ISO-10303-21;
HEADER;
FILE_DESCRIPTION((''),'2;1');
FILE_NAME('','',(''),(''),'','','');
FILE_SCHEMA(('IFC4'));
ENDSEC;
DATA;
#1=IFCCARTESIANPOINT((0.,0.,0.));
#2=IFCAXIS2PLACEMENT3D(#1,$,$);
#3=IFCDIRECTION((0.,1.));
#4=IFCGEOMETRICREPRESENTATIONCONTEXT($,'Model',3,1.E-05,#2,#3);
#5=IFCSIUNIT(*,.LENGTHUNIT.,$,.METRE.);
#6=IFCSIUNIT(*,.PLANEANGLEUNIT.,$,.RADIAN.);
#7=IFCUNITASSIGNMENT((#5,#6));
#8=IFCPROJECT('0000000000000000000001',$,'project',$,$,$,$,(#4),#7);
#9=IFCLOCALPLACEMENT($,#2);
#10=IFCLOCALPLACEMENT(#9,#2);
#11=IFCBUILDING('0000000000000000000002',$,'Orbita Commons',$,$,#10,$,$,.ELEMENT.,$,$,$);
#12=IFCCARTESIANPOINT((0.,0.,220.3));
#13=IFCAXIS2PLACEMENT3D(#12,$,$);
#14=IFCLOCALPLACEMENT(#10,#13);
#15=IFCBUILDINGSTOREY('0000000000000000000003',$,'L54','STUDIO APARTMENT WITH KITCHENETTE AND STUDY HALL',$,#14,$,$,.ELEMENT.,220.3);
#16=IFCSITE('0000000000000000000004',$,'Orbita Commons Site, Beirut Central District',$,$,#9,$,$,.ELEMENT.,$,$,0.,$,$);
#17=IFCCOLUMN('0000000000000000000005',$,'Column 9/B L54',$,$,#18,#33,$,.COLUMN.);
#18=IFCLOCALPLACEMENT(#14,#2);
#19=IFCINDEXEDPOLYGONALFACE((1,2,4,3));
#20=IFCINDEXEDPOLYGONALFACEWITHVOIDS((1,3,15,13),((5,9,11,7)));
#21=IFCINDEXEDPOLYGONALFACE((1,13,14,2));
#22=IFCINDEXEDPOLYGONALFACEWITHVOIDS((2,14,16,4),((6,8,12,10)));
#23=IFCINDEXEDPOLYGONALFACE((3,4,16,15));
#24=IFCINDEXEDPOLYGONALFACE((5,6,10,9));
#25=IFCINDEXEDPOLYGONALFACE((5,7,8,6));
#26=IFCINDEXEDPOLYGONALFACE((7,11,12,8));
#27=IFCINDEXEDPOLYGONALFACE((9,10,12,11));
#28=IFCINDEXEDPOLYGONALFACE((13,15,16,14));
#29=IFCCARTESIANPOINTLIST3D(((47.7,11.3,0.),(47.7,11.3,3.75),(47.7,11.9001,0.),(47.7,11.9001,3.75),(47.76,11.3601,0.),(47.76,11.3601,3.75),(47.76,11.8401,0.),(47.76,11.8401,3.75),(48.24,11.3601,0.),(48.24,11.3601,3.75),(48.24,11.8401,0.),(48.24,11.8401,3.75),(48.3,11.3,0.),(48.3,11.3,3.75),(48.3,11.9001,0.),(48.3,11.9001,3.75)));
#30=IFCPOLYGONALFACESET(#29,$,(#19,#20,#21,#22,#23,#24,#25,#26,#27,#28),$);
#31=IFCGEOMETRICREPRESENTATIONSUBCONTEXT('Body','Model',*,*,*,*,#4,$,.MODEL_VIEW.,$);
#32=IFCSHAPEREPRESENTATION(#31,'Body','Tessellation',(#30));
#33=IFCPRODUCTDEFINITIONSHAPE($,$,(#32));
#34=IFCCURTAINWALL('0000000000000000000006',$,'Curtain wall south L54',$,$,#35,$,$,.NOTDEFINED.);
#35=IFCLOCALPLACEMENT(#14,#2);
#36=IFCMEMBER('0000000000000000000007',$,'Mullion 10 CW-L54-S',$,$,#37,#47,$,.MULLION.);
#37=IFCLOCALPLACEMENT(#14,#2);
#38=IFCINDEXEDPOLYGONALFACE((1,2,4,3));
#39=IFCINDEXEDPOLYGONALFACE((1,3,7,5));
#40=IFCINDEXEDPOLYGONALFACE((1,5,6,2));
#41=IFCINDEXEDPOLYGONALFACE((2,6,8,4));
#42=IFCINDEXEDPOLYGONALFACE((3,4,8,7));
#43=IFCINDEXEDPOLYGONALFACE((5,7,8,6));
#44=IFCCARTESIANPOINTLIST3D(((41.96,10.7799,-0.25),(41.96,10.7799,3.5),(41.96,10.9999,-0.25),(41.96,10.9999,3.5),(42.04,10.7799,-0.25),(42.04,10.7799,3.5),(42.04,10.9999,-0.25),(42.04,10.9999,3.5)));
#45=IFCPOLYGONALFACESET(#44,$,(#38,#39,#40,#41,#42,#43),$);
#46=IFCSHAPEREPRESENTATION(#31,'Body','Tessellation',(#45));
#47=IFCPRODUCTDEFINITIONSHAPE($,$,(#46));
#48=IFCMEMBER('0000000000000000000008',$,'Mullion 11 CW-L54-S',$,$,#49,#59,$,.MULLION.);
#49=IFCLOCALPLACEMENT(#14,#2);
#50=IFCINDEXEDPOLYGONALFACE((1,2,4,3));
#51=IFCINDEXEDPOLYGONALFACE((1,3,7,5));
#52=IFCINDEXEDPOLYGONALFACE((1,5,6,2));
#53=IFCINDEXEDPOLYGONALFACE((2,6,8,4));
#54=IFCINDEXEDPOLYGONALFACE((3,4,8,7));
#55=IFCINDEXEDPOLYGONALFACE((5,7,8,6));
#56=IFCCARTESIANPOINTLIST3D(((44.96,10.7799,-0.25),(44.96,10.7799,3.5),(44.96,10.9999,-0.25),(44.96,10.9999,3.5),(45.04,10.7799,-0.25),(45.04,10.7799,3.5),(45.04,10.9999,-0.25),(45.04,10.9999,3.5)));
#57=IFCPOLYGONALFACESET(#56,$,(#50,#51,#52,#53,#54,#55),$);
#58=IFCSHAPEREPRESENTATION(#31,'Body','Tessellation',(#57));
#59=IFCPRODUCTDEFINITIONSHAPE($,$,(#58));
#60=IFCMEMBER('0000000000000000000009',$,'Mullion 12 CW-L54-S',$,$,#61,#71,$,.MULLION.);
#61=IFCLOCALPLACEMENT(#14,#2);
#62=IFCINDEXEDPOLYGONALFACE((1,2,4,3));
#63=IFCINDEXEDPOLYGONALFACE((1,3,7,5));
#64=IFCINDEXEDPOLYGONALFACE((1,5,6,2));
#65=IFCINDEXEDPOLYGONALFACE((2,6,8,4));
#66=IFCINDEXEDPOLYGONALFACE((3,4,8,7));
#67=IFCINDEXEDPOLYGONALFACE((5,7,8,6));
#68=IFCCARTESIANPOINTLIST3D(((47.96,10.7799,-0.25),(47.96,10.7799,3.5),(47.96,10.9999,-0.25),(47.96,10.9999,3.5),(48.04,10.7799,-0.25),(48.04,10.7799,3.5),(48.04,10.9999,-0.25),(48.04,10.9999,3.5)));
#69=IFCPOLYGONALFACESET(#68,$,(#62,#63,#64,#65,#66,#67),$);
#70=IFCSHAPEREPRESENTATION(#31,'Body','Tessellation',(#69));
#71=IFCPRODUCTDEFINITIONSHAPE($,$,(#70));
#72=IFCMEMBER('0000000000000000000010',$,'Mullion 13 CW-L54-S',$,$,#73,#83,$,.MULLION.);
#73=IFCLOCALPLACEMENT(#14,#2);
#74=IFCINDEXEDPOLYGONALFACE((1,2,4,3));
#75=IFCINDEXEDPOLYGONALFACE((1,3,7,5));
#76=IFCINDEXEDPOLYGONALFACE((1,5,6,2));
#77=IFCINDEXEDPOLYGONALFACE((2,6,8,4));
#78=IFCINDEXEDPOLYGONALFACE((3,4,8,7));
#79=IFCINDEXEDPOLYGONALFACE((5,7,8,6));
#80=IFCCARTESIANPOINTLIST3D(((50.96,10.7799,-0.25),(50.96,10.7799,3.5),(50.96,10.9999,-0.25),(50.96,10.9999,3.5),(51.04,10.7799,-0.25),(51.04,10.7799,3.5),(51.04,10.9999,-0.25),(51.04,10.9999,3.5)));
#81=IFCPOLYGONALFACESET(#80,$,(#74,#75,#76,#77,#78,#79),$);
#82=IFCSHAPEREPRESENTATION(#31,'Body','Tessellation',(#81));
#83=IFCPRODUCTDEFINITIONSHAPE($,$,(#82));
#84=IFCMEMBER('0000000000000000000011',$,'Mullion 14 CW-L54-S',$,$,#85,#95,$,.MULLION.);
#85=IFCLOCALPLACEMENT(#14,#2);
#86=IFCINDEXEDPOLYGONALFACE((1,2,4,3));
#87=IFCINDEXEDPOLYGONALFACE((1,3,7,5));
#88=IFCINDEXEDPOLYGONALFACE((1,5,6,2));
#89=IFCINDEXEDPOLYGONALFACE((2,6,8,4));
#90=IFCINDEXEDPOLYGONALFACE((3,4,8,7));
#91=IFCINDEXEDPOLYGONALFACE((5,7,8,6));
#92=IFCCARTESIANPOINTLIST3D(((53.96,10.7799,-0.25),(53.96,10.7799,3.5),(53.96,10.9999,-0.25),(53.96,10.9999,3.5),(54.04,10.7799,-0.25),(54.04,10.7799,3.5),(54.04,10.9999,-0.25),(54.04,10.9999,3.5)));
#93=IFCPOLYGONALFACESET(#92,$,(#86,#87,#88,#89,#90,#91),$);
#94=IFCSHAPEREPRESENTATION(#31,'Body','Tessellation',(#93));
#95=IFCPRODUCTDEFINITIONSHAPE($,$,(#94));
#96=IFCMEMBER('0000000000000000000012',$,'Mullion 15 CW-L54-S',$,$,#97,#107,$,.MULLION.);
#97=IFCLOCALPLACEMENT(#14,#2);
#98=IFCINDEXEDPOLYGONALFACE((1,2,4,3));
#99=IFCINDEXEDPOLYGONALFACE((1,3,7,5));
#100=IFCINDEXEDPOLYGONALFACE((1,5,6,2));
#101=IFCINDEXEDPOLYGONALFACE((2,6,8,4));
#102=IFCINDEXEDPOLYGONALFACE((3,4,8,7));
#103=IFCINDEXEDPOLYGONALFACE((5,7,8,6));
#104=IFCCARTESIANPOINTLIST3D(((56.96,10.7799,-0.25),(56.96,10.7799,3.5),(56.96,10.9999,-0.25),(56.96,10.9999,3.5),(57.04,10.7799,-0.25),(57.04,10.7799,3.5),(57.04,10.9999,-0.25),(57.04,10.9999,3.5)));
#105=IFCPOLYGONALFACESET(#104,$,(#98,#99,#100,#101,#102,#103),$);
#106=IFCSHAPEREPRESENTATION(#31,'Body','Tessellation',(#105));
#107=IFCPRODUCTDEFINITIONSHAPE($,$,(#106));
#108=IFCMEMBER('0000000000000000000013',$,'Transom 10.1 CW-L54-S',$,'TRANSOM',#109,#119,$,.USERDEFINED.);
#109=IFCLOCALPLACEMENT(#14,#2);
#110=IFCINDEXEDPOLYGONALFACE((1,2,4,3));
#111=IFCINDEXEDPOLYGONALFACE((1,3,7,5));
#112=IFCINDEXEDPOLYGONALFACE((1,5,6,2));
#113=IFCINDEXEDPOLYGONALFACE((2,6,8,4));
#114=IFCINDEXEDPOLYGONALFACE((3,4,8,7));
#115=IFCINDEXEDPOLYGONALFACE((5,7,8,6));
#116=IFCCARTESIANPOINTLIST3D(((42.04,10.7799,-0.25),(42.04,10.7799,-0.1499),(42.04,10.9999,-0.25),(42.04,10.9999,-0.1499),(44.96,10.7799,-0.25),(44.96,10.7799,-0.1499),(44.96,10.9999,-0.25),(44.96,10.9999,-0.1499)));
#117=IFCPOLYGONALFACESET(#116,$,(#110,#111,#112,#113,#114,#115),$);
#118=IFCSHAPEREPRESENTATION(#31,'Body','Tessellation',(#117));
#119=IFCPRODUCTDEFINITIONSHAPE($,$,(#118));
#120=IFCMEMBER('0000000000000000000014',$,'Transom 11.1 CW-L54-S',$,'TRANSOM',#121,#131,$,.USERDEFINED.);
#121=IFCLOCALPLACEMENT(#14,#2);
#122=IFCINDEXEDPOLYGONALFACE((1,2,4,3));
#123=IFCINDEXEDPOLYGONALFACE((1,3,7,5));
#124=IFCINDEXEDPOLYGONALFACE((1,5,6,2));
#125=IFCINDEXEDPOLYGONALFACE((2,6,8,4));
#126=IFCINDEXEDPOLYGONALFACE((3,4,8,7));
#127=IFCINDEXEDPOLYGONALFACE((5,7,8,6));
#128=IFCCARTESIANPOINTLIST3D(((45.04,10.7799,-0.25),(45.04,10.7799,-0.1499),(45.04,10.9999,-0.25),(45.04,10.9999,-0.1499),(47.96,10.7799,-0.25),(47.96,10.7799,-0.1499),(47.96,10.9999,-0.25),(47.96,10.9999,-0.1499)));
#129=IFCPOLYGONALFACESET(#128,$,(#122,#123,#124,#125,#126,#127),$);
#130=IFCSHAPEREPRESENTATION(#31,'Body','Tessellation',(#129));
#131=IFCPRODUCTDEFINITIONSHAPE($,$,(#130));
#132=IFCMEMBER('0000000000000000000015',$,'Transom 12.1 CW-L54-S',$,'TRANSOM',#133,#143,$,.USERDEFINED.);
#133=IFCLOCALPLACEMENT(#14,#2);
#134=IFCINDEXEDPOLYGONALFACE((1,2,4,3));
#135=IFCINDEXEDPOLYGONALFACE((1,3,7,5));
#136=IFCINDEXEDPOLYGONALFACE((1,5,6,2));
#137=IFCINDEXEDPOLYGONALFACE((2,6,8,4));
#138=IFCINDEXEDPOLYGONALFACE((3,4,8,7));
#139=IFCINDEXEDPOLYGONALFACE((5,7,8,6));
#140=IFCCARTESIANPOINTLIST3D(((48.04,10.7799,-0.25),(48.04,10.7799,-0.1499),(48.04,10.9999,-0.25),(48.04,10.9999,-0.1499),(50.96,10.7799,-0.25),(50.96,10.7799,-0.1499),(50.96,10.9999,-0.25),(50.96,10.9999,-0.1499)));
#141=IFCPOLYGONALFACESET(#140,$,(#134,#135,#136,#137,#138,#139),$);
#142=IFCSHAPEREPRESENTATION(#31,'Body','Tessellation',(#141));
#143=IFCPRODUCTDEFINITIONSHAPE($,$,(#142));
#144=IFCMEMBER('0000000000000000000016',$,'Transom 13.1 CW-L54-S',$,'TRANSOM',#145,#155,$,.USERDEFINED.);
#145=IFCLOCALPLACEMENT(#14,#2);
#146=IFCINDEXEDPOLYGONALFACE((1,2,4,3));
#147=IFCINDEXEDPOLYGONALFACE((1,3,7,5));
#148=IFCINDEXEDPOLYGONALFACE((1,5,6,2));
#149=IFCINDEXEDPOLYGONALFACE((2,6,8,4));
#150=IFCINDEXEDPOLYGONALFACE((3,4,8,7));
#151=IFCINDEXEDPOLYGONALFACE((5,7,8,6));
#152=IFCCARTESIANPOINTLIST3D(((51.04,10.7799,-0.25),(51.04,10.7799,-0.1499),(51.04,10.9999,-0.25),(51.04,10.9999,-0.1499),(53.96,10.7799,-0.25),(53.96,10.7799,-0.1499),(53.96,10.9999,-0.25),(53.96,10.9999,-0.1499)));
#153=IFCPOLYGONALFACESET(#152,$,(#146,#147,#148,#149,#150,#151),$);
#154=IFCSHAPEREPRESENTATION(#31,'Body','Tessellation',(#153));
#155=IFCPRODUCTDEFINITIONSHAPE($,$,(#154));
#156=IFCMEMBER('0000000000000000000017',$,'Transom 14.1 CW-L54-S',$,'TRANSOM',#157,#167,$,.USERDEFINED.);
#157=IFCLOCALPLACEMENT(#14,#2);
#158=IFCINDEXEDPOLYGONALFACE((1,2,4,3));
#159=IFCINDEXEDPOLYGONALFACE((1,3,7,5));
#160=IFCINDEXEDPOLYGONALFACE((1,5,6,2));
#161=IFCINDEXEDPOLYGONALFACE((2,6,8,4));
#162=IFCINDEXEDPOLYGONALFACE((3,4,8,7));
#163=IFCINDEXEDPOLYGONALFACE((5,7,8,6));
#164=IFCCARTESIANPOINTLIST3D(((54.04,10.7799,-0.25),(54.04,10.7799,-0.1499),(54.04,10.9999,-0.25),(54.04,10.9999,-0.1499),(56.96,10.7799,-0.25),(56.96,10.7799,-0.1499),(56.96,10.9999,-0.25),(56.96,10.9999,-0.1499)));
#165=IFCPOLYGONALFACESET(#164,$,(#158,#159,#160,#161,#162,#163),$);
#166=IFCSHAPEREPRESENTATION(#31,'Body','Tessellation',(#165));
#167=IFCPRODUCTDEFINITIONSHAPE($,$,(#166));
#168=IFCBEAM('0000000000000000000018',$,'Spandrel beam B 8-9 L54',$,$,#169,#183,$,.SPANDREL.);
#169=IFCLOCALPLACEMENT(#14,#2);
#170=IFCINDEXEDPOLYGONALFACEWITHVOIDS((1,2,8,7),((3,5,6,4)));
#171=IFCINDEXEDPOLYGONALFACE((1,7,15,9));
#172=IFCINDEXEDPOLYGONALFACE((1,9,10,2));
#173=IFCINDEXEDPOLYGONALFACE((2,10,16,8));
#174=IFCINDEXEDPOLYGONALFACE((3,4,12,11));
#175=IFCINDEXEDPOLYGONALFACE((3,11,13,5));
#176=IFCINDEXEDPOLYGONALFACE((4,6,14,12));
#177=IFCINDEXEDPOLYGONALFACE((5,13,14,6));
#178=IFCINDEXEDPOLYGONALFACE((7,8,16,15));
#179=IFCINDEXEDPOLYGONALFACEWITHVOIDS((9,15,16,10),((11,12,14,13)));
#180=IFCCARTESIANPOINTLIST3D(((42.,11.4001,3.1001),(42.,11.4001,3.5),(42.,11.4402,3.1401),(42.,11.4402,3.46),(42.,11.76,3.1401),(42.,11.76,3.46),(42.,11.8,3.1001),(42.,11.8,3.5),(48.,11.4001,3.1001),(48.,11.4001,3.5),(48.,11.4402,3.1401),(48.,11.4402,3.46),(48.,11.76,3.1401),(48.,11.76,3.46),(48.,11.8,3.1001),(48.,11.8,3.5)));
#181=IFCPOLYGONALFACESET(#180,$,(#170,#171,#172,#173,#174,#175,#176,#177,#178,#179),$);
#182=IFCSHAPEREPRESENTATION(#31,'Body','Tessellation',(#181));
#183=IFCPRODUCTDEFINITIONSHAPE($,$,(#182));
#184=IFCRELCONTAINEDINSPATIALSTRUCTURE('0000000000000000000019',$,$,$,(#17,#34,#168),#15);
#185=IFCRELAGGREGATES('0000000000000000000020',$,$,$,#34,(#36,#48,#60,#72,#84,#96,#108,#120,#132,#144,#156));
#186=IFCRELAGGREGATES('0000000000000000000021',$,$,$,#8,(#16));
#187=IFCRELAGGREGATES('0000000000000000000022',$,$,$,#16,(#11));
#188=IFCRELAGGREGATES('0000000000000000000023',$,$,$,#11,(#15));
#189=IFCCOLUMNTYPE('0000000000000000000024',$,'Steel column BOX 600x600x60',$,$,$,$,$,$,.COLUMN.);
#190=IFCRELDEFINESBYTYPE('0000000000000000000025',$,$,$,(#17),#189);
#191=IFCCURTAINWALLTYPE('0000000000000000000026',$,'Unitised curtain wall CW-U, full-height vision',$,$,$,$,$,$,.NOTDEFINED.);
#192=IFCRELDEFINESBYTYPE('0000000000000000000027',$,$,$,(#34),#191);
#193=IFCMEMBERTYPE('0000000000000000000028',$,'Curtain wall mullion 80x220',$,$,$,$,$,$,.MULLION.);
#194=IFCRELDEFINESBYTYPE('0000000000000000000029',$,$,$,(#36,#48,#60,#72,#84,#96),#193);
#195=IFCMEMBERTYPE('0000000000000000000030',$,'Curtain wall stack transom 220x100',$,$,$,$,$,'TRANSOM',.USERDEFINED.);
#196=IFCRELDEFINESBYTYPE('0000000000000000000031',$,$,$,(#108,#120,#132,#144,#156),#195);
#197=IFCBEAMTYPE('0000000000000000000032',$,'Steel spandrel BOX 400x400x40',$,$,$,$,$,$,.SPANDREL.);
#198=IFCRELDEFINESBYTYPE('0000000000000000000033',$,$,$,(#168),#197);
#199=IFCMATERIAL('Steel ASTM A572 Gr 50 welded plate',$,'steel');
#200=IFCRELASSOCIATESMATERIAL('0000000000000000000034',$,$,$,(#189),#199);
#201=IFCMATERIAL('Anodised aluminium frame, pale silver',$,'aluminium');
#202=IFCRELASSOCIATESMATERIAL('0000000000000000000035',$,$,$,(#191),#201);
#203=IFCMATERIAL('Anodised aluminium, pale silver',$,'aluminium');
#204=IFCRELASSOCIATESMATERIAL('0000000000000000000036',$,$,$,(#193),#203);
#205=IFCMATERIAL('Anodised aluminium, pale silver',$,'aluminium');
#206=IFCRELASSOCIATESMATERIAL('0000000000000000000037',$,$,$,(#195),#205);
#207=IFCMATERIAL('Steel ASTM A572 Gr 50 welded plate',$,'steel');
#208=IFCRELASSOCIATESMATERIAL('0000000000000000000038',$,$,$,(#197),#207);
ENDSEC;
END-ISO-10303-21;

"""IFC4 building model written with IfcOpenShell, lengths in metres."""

from ifc_helpers import new_model, si_unit, direction, frame, origin, origin_2d, place, context, subcontext, project, spatial, rectangle, hollow_rectangle, extrude, material, material_profile, profile_set, type_object, element, aggregate, save


model = new_model("IFC4")

# Units and contexts
model_context = context("Model", 3, precision=1e-05, world=origin(), true_north=direction((0.0, 1.0)))
body_context = subcontext(model_context, "Body", "Model", "MODEL_VIEW")
ifc_project = project(units=[si_unit("LENGTHUNIT", "METRE"), si_unit("PLANEANGLEUNIT", "RADIAN")], contexts=[model_context])

# Site, building, storey
site_placement = place(None, origin())
site = spatial("IfcSite", under=ifc_project, at=site_placement, Name="Orbita Commons Site, Beirut Central District", CompositionType="ELEMENT", RefElevation=0.0)
building_placement = place(site_placement, origin())
building = spatial("IfcBuilding", under=site, at=building_placement, Name="Orbita Commons", CompositionType="ELEMENT")
storey_placement = place(building_placement, frame((0.0, 0.0, 220.3)))
storey = spatial("IfcBuildingStorey", under=building, at=storey_placement, Name="L54", Description="STUDIO APARTMENT WITH KITCHENETTE AND STUDY HALL", CompositionType="ELEMENT", Elevation=220.3)

# Column
ifc_material_1 = material(Name="Steel ASTM A572 Gr 50 welded plate", Category="steel")
ifc_material_profile_1 = material_profile(ifc_material_1, hollow_rectangle(XDim=0.6001, YDim=0.6001, WallThickness=0.0601, at=origin_2d()), Name="BOX 600x600x60")
ifc_profile_set_1 = profile_set([ifc_material_profile_1], Name="Steel ASTM A572 Gr 50 welded plate")
column_type = type_object("IfcColumnType", Name="Steel column BOX 600x600x60", PredefinedType="COLUMN", material=ifc_profile_set_1)
column_placement = place(storey_placement, frame((48.0, 11.6001, 0.0), z_axis=(0.0, 0.0, 1.0), x_axis=(1.0, 0.0, 0.0)))
element("IfcColumn", 1, at=column_placement, inside=storey, type_object=column_type, Name="Column 9/B L54", PredefinedType="COLUMN", context=body_context, shape_type="SweptSolid", body=[
    extrude(hollow_rectangle(XDim=0.6001, YDim=0.6001, WallThickness=0.0601, at=origin_2d()), origin(), (0.0, 0.0, 1.0), 3.75),
])

# Curtain wall, members
ifc_material_2 = material(Name="Anodised aluminium frame, pale silver", Category="aluminium")
curtain_wall_type = type_object("IfcCurtainWallType", Name="Unitised curtain wall CW-U, full-height vision", PredefinedType="NOTDEFINED", material=ifc_material_2)
curtain_wall_placement = place(storey_placement, origin())
curtain_wall = element("IfcCurtainWall", 2, at=curtain_wall_placement, inside=storey, type_object=curtain_wall_type, Name="Curtain wall south L54", PredefinedType="NOTDEFINED")
ifc_material_3 = material(Name="Anodised aluminium, pale silver", Category="aluminium")
ifc_material_profile_2 = material_profile(ifc_material_3, rectangle(XDim=0.0801, YDim=0.22, at=origin_2d()), Name="AL 80x220")
ifc_profile_set_2 = profile_set([ifc_material_profile_2], Name="Anodised aluminium, pale silver")
member_type_1 = type_object("IfcMemberType", Name="Curtain wall mullion 80x220", PredefinedType="MULLION", material=ifc_profile_set_2)
member_1_placement = place(storey_placement, frame((42.0, 10.8899, -0.25), z_axis=(0.0, 0.0, 1.0), x_axis=(1.0, 0.0, 0.0)))
member_1 = element("IfcMember", 3, at=member_1_placement, type_object=member_type_1, Name="Mullion 10 CW-L54-S", PredefinedType="MULLION", context=body_context, shape_type="SweptSolid", body=[
    extrude(rectangle(XDim=0.0801, YDim=0.22, at=origin_2d()), origin(), (0.0, 0.0, 1.0), 3.75),
])
member_2_placement = place(storey_placement, frame((45.0, 10.8899, -0.25), z_axis=(0.0, 0.0, 1.0), x_axis=(1.0, 0.0, 0.0)))
member_2 = element("IfcMember", 4, at=member_2_placement, type_object=member_type_1, Name="Mullion 11 CW-L54-S", PredefinedType="MULLION", context=body_context, shape_type="SweptSolid", body=[
    extrude(rectangle(XDim=0.0801, YDim=0.22, at=origin_2d()), origin(), (0.0, 0.0, 1.0), 3.75),
])
member_3_placement = place(storey_placement, frame((48.0, 10.8899, -0.25), z_axis=(0.0, 0.0, 1.0), x_axis=(1.0, 0.0, 0.0)))
member_3 = element("IfcMember", 5, at=member_3_placement, type_object=member_type_1, Name="Mullion 12 CW-L54-S", PredefinedType="MULLION", context=body_context, shape_type="SweptSolid", body=[
    extrude(rectangle(XDim=0.0801, YDim=0.22, at=origin_2d()), origin(), (0.0, 0.0, 1.0), 3.75),
])
member_4_placement = place(storey_placement, frame((51.0, 10.8899, -0.25), z_axis=(0.0, 0.0, 1.0), x_axis=(1.0, 0.0, 0.0)))
member_4 = element("IfcMember", 6, at=member_4_placement, type_object=member_type_1, Name="Mullion 13 CW-L54-S", PredefinedType="MULLION", context=body_context, shape_type="SweptSolid", body=[
    extrude(rectangle(XDim=0.0801, YDim=0.22, at=origin_2d()), origin(), (0.0, 0.0, 1.0), 3.75),
])
member_5_placement = place(storey_placement, frame((54.0, 10.8899, -0.25), z_axis=(0.0, 0.0, 1.0), x_axis=(1.0, 0.0, 0.0)))
member_5 = element("IfcMember", 7, at=member_5_placement, type_object=member_type_1, Name="Mullion 14 CW-L54-S", PredefinedType="MULLION", context=body_context, shape_type="SweptSolid", body=[
    extrude(rectangle(XDim=0.0801, YDim=0.22, at=origin_2d()), origin(), (0.0, 0.0, 1.0), 3.75),
])
member_6_placement = place(storey_placement, frame((57.0, 10.8899, -0.25), z_axis=(0.0, 0.0, 1.0), x_axis=(1.0, 0.0, 0.0)))
member_6 = element("IfcMember", 8, at=member_6_placement, type_object=member_type_1, Name="Mullion 15 CW-L54-S", PredefinedType="MULLION", context=body_context, shape_type="SweptSolid", body=[
    extrude(rectangle(XDim=0.0801, YDim=0.22, at=origin_2d()), origin(), (0.0, 0.0, 1.0), 3.75),
])
ifc_material_4 = material(Name="Anodised aluminium, pale silver", Category="aluminium")
ifc_material_profile_3 = material_profile(ifc_material_4, rectangle(XDim=0.22, YDim=0.1001, at=origin_2d()), Name="AL 220x100")
ifc_profile_set_3 = profile_set([ifc_material_profile_3], Name="Anodised aluminium, pale silver")
member_type_2 = type_object("IfcMemberType", Name="Curtain wall stack transom 220x100", ElementType="TRANSOM", PredefinedType="USERDEFINED", material=ifc_profile_set_3)
member_7_placement = place(storey_placement, frame((42.04, 10.8899, -0.2), z_axis=(1.0, 0.0, 0.0), x_axis=(0.0, 1.0, 0.0)))
member_7 = element("IfcMember", 9, at=member_7_placement, type_object=member_type_2, Name="Transom 10.1 CW-L54-S", ObjectType="TRANSOM", PredefinedType="USERDEFINED", context=body_context, shape_type="SweptSolid", body=[
    extrude(rectangle(XDim=0.22, YDim=0.1001, at=origin_2d()), origin(), (0.0, 0.0, 1.0), 2.9199),
])
member_8_placement = place(storey_placement, frame((45.04, 10.8899, -0.2), z_axis=(1.0, 0.0, 0.0), x_axis=(0.0, 1.0, 0.0)))
member_8 = element("IfcMember", 10, at=member_8_placement, type_object=member_type_2, Name="Transom 11.1 CW-L54-S", ObjectType="TRANSOM", PredefinedType="USERDEFINED", context=body_context, shape_type="SweptSolid", body=[
    extrude(rectangle(XDim=0.22, YDim=0.1001, at=origin_2d()), origin(), (0.0, 0.0, 1.0), 2.9199),
])
member_9_placement = place(storey_placement, frame((48.04, 10.8899, -0.2), z_axis=(1.0, 0.0, 0.0), x_axis=(0.0, 1.0, 0.0)))
member_9 = element("IfcMember", 11, at=member_9_placement, type_object=member_type_2, Name="Transom 12.1 CW-L54-S", ObjectType="TRANSOM", PredefinedType="USERDEFINED", context=body_context, shape_type="SweptSolid", body=[
    extrude(rectangle(XDim=0.22, YDim=0.1001, at=origin_2d()), origin(), (0.0, 0.0, 1.0), 2.9199),
])
member_10_placement = place(storey_placement, frame((51.04, 10.8899, -0.2), z_axis=(1.0, 0.0, 0.0), x_axis=(0.0, 1.0, 0.0)))
member_10 = element("IfcMember", 12, at=member_10_placement, type_object=member_type_2, Name="Transom 13.1 CW-L54-S", ObjectType="TRANSOM", PredefinedType="USERDEFINED", context=body_context, shape_type="SweptSolid", body=[
    extrude(rectangle(XDim=0.22, YDim=0.1001, at=origin_2d()), origin(), (0.0, 0.0, 1.0), 2.9199),
])
member_11_placement = place(storey_placement, frame((54.04, 10.8899, -0.2), z_axis=(1.0, 0.0, 0.0), x_axis=(0.0, 1.0, 0.0)))
member_11 = element("IfcMember", 13, at=member_11_placement, type_object=member_type_2, Name="Transom 14.1 CW-L54-S", ObjectType="TRANSOM", PredefinedType="USERDEFINED", context=body_context, shape_type="SweptSolid", body=[
    extrude(rectangle(XDim=0.22, YDim=0.1001, at=origin_2d()), origin(), (0.0, 0.0, 1.0), 2.9199),
])

# Beam
ifc_material_5 = material(Name="Steel ASTM A572 Gr 50 welded plate", Category="steel")
ifc_material_profile_4 = material_profile(ifc_material_5, hollow_rectangle(XDim=0.3999, YDim=0.3999, WallThickness=0.04, at=origin_2d()), Name="BOX 400x400x40")
ifc_profile_set_4 = profile_set([ifc_material_profile_4], Name="Steel ASTM A572 Gr 50 welded plate")
beam_type = type_object("IfcBeamType", Name="Steel spandrel BOX 400x400x40", PredefinedType="SPANDREL", material=ifc_profile_set_4)
for number, where, z_axis, x_axis, name in (
    (14, (42.0, 11.6001, 3.3), (1.0, 0.0, 0.0), (0.0, 1.0, 0.0), "Spandrel beam B 8-9 L54"),
):
    element("IfcBeam", number, at=place(storey_placement, frame(where, z_axis=z_axis, x_axis=x_axis)), inside=storey, type_object=beam_type, Name=name, PredefinedType="SPANDREL", context=body_context, shape_type="SweptSolid", body=[
        extrude(hollow_rectangle(XDim=0.3999, YDim=0.3999, WallThickness=0.04, at=origin_2d()), origin(), (0.0, 0.0, 1.0), 6.0),
    ])

aggregate(curtain_wall, [member_1, member_2, member_3, member_4, member_5, member_6, member_7, member_8, member_9, member_10, member_11])

save(model, "model.ifc")
